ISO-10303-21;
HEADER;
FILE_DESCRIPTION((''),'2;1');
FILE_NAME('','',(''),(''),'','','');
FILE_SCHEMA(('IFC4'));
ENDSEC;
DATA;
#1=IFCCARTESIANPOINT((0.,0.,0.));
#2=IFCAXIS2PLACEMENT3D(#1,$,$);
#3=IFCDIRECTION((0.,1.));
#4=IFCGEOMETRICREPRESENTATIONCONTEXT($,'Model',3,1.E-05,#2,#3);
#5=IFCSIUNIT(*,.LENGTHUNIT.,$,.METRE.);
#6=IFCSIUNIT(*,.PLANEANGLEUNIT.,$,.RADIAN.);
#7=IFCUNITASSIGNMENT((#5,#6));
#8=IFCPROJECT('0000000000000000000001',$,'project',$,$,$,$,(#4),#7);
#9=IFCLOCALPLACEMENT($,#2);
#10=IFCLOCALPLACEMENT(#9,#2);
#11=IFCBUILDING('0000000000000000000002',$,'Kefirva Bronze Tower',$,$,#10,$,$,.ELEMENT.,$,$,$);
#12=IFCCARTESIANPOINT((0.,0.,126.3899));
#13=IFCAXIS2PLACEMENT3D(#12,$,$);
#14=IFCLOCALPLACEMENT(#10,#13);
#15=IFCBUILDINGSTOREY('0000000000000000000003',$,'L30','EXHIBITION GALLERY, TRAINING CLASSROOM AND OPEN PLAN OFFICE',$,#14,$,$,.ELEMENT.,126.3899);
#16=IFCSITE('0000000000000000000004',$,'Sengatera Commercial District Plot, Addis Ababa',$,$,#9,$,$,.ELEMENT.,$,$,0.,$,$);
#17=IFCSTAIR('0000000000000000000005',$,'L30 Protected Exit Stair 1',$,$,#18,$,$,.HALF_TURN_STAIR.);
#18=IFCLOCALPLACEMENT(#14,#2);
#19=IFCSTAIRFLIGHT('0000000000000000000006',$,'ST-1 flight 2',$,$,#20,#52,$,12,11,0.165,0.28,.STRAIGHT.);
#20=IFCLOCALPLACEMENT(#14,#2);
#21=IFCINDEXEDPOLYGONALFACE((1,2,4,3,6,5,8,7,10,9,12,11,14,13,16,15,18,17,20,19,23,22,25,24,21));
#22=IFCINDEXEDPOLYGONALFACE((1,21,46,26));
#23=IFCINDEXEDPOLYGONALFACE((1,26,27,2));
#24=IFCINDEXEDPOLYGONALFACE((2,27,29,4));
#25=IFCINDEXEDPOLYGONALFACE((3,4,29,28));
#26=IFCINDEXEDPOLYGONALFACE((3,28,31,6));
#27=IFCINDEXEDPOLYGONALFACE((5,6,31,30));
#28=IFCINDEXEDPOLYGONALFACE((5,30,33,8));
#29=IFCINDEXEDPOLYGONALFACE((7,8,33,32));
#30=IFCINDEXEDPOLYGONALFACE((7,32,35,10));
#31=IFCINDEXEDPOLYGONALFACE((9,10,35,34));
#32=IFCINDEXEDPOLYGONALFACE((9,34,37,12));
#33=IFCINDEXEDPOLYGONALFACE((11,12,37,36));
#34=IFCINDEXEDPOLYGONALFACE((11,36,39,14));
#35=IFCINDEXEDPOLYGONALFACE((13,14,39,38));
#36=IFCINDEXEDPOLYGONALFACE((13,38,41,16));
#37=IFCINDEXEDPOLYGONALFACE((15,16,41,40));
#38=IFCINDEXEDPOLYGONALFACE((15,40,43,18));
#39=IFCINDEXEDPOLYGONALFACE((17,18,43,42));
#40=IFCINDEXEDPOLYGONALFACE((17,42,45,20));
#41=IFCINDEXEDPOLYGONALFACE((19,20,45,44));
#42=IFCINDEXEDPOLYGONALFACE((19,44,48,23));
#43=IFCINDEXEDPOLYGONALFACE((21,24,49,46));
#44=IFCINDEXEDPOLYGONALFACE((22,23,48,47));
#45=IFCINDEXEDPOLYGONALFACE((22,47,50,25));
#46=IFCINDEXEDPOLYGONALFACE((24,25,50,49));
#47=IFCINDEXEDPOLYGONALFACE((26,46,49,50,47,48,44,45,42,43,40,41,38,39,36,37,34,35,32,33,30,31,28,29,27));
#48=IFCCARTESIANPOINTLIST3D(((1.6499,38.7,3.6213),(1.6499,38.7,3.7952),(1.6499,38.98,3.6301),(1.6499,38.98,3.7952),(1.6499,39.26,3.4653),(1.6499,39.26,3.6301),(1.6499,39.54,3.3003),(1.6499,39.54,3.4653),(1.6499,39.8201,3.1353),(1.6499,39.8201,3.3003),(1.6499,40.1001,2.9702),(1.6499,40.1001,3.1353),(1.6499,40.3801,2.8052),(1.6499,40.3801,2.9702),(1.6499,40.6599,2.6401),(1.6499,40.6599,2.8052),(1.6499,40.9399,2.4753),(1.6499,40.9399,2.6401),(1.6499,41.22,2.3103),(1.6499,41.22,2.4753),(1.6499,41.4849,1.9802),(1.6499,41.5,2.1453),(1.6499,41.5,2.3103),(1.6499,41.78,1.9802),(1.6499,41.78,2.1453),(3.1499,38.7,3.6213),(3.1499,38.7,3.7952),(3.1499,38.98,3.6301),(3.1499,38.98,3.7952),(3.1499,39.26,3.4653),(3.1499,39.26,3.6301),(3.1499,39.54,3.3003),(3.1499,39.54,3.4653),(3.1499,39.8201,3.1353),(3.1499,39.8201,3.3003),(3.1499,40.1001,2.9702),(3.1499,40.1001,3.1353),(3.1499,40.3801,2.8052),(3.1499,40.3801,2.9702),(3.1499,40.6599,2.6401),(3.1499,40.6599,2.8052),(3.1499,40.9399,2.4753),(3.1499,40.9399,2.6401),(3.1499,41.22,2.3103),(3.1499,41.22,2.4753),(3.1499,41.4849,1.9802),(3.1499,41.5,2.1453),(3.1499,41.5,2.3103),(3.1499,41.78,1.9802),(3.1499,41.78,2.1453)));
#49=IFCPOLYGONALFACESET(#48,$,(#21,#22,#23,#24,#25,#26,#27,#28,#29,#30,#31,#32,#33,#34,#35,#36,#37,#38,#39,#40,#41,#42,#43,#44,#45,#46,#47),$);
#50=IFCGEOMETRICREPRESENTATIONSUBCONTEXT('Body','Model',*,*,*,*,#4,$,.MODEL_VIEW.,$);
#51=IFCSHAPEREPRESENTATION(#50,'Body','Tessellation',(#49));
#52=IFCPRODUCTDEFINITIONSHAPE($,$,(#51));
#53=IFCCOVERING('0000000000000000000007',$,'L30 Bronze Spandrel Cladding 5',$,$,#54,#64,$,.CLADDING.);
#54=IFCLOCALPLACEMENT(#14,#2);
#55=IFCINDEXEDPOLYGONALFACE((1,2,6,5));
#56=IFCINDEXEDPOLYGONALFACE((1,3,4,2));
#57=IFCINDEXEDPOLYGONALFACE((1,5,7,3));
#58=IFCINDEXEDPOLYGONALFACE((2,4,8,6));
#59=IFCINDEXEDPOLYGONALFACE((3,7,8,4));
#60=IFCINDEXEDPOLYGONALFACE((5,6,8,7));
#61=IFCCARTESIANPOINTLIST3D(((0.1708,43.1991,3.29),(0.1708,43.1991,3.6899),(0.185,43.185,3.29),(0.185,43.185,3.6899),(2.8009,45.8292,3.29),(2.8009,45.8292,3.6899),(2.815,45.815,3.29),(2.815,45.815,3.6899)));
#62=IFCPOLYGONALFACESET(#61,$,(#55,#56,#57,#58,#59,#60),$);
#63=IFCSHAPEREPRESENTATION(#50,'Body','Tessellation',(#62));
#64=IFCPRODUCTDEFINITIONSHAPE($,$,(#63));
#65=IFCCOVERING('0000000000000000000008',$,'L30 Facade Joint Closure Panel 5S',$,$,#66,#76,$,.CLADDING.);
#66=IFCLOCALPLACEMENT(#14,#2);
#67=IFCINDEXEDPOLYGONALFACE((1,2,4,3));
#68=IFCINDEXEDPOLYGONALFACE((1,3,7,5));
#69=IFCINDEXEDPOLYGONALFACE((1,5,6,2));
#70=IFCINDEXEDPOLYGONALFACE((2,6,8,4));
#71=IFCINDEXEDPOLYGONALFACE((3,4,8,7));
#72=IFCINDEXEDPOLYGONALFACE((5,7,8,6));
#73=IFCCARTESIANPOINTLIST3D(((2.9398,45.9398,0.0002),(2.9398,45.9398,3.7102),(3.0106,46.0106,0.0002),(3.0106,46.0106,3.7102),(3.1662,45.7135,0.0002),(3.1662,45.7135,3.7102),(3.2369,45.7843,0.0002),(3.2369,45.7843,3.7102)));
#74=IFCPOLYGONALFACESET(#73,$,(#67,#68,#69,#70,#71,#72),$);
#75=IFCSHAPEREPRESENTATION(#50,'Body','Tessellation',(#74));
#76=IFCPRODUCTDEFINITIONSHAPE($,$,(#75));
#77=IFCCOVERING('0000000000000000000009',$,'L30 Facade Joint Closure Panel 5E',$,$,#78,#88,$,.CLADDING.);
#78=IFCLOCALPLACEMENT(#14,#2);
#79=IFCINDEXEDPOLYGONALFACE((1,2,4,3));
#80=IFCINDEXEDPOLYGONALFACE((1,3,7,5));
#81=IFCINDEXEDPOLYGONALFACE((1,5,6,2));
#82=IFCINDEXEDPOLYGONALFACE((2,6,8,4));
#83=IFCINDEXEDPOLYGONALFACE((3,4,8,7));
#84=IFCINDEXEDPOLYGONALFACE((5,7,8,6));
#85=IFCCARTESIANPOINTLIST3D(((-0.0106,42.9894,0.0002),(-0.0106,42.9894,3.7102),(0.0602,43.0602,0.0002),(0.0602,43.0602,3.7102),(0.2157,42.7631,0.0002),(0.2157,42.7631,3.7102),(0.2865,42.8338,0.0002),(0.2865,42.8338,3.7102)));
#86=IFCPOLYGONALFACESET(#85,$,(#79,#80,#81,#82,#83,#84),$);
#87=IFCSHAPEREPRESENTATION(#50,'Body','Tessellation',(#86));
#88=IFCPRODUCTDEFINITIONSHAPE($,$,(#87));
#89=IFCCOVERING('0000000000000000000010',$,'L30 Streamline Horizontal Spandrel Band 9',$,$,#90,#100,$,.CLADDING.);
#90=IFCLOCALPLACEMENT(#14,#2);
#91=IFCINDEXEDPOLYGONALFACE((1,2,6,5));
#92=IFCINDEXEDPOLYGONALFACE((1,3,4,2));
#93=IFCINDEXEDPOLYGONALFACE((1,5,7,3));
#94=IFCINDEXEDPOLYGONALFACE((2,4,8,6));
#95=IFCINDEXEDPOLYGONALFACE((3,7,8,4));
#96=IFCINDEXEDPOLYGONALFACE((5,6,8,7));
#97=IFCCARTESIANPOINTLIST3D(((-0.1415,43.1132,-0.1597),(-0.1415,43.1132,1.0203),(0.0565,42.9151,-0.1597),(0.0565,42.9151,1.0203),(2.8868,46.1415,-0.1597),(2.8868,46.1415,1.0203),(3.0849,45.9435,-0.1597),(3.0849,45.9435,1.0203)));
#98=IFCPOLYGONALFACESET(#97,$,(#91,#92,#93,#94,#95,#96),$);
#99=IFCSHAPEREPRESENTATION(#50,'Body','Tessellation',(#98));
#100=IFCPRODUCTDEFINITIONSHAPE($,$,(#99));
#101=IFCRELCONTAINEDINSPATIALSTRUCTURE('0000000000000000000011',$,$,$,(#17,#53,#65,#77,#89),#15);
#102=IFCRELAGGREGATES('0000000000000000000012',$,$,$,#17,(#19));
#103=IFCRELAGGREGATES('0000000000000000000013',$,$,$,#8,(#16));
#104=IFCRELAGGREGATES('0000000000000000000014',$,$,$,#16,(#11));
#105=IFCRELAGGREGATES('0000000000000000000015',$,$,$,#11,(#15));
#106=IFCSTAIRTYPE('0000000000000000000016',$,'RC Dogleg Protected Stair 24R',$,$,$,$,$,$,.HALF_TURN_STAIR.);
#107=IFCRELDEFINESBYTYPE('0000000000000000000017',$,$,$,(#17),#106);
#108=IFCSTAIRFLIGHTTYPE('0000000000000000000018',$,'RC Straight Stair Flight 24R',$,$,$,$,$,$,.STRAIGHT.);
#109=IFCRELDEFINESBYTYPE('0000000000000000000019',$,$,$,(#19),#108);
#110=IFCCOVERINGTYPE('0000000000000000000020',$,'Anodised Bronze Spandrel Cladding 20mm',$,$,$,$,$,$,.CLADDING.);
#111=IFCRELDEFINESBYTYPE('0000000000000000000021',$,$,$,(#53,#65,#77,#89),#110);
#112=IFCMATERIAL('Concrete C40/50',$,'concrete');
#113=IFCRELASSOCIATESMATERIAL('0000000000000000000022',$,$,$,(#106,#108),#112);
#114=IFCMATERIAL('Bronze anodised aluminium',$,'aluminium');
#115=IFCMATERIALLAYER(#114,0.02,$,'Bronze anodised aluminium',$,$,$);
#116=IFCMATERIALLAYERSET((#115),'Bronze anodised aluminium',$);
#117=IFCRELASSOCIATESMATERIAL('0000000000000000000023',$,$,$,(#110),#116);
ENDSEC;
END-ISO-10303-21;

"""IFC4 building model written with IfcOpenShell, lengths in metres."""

from ifc_helpers import new_model, si_unit, direction, frame, origin, origin_2d, place, context, subcontext, project, spatial, polyline, rectangle, outline, extrude, material, layer, layer_set, type_object, element, aggregate, save


model = new_model("IFC4")

# Units and contexts
model_context = context("Model", 3, precision=1e-05, world=origin(), true_north=direction((0.0, 1.0)))
body_context = subcontext(model_context, "Body", "Model", "MODEL_VIEW")
ifc_project = project(units=[si_unit("LENGTHUNIT", "METRE"), si_unit("PLANEANGLEUNIT", "RADIAN")], contexts=[model_context])

# Site, building, storey
site_placement = place(None, origin())
site = spatial("IfcSite", under=ifc_project, at=site_placement, Name="Sengatera Commercial District Plot, Addis Ababa", CompositionType="ELEMENT", RefElevation=0.0)
building_placement = place(site_placement, origin())
building = spatial("IfcBuilding", under=site, at=building_placement, Name="Kefirva Bronze Tower", CompositionType="ELEMENT")
storey_placement = place(building_placement, frame((0.0, 0.0, 126.3899)))
storey = spatial("IfcBuildingStorey", under=building, at=storey_placement, Name="L30", Description="EXHIBITION GALLERY, TRAINING CLASSROOM AND OPEN PLAN OFFICE", CompositionType="ELEMENT", Elevation=126.3899)

# Shared definitions
ifc_material_1 = material(Name="Bronze anodised aluminium", Category="aluminium")

# Stair, stair flight
ifc_material_2 = material(Name="Concrete C40/50", Category="concrete")
stair_type = type_object("IfcStairType", Name="RC Dogleg Protected Stair 24R", PredefinedType="HALF_TURN_STAIR", material=ifc_material_2)
stair_placement = place(storey_placement, origin())
stair = element("IfcStair", 1, at=stair_placement, inside=storey, type_object=stair_type, Name="L30 Protected Exit Stair 1", PredefinedType="HALF_TURN_STAIR")
stair_flight_type = type_object("IfcStairFlightType", Name="RC Straight Stair Flight 24R", PredefinedType="STRAIGHT", material=ifc_material_2)
stair_flight_placement = place(storey_placement, frame((2.3999, 41.78, 1.9802), z_axis=(0.0, 0.0, 1.0), x_axis=(0.0, -1.0, 0.0)))
stair_flight = element("IfcStairFlight", 2, at=stair_flight_placement, type_object=stair_flight_type, Name="ST-1 flight 2", NumberOfRisers=12, NumberOfTreads=11, PredefinedType="STRAIGHT", RiserHeight=0.165, TreadLength=0.28, context=body_context, shape_type="SweptSolid", body=[
    extrude(outline(polyline([(0.0, 0.0), (0.0, 0.165), (0.28, 0.165), (0.28, 0.3301), (0.5601, 0.3301), (0.5601, 0.4951), (0.8401, 0.4951), (0.8401, 0.6599), (1.1201, 0.6599), (1.1201, 0.825), (1.3999, 0.825), (1.3999, 0.99), (1.6799, 0.99), (1.6799, 1.155), (1.96, 1.155), (1.96, 1.3201), (2.24, 1.3201), (2.24, 1.4851), (2.52, 1.4851), (2.52, 1.6499), (2.8, 1.6499), (2.8, 1.8149), (3.0801, 1.8149), (3.0801, 1.98), (3.0801, 1.6411), (0.2952, 0.0), (0.0, 0.0)])), frame((0.0, 0.75, 0.0), z_axis=(0.0, -1.0, 0.0), x_axis=(1.0, 0.0, 0.0)), (0.0, 0.0, 1.0), 1.5),
])
aggregate(stair, [stair_flight])

# Coverings
ifc_layer_1 = layer(ifc_material_1, 0.02, Name="Bronze anodised aluminium")
ifc_layer_set_1 = layer_set([ifc_layer_1], Name="Bronze anodised aluminium")
covering_type_1 = type_object("IfcCoveringType", Name="Anodised Bronze Spandrel Cladding 20mm", PredefinedType="CLADDING", material=ifc_layer_set_1)
covering_1_placement = place(storey_placement, frame((1.4929, 44.5071, 3.29), z_axis=(0.0, 0.0, 1.0), x_axis=(-0.707107, -0.707107, 0.0)))
element("IfcCovering", 3, at=covering_1_placement, inside=storey, type_object=covering_type_1, Name="L30 Bronze Spandrel Cladding 5", PredefinedType="CLADDING", context=body_context, shape_type="SweptSolid", body=[
    extrude(rectangle(XDim=3.7195, YDim=0.02, at=origin_2d()), origin(), (0.0, 0.0, 1.0), 0.3999),
])
for number, where, z_axis, x_axis, name in (
    (4, (3.0884, 45.8621, 0.0002), (0.0, 0.0, 1.0), (-0.707107, -0.707107, 0.0), "L30 Facade Joint Closure Panel 5S"),
    (5, (0.1379, 42.9116, 0.0002), (0.0, 0.0, 1.0), (-0.707107, -0.707107, 0.0), "L30 Facade Joint Closure Panel 5E"),
):
    element("IfcCovering", number, at=place(storey_placement, frame(where, z_axis=z_axis, x_axis=x_axis)), inside=storey, type_object=covering_type_1, Name=name, PredefinedType="CLADDING", context=body_context, shape_type="SweptSolid", body=[
        extrude(rectangle(XDim=0.1001, YDim=0.3201, at=origin_2d()), origin(), (0.0, 0.0, 1.0), 3.71),
    ])
covering_2_placement = place(storey_placement, frame((1.4717, 44.5283, -0.1597), z_axis=(0.0, 0.0, 1.0), x_axis=(-0.707107, -0.707107, 0.0)))
element("IfcCovering", 6, at=covering_2_placement, inside=storey, type_object=covering_type_1, Name="L30 Streamline Horizontal Spandrel Band 9", PredefinedType="CLADDING", context=body_context, shape_type="SweptSolid", body=[
    extrude(rectangle(XDim=4.2827, YDim=0.28, at=origin_2d()), origin(), (0.0, 0.0, 1.0), 1.1799),
])

save(model, "model.ifc")
